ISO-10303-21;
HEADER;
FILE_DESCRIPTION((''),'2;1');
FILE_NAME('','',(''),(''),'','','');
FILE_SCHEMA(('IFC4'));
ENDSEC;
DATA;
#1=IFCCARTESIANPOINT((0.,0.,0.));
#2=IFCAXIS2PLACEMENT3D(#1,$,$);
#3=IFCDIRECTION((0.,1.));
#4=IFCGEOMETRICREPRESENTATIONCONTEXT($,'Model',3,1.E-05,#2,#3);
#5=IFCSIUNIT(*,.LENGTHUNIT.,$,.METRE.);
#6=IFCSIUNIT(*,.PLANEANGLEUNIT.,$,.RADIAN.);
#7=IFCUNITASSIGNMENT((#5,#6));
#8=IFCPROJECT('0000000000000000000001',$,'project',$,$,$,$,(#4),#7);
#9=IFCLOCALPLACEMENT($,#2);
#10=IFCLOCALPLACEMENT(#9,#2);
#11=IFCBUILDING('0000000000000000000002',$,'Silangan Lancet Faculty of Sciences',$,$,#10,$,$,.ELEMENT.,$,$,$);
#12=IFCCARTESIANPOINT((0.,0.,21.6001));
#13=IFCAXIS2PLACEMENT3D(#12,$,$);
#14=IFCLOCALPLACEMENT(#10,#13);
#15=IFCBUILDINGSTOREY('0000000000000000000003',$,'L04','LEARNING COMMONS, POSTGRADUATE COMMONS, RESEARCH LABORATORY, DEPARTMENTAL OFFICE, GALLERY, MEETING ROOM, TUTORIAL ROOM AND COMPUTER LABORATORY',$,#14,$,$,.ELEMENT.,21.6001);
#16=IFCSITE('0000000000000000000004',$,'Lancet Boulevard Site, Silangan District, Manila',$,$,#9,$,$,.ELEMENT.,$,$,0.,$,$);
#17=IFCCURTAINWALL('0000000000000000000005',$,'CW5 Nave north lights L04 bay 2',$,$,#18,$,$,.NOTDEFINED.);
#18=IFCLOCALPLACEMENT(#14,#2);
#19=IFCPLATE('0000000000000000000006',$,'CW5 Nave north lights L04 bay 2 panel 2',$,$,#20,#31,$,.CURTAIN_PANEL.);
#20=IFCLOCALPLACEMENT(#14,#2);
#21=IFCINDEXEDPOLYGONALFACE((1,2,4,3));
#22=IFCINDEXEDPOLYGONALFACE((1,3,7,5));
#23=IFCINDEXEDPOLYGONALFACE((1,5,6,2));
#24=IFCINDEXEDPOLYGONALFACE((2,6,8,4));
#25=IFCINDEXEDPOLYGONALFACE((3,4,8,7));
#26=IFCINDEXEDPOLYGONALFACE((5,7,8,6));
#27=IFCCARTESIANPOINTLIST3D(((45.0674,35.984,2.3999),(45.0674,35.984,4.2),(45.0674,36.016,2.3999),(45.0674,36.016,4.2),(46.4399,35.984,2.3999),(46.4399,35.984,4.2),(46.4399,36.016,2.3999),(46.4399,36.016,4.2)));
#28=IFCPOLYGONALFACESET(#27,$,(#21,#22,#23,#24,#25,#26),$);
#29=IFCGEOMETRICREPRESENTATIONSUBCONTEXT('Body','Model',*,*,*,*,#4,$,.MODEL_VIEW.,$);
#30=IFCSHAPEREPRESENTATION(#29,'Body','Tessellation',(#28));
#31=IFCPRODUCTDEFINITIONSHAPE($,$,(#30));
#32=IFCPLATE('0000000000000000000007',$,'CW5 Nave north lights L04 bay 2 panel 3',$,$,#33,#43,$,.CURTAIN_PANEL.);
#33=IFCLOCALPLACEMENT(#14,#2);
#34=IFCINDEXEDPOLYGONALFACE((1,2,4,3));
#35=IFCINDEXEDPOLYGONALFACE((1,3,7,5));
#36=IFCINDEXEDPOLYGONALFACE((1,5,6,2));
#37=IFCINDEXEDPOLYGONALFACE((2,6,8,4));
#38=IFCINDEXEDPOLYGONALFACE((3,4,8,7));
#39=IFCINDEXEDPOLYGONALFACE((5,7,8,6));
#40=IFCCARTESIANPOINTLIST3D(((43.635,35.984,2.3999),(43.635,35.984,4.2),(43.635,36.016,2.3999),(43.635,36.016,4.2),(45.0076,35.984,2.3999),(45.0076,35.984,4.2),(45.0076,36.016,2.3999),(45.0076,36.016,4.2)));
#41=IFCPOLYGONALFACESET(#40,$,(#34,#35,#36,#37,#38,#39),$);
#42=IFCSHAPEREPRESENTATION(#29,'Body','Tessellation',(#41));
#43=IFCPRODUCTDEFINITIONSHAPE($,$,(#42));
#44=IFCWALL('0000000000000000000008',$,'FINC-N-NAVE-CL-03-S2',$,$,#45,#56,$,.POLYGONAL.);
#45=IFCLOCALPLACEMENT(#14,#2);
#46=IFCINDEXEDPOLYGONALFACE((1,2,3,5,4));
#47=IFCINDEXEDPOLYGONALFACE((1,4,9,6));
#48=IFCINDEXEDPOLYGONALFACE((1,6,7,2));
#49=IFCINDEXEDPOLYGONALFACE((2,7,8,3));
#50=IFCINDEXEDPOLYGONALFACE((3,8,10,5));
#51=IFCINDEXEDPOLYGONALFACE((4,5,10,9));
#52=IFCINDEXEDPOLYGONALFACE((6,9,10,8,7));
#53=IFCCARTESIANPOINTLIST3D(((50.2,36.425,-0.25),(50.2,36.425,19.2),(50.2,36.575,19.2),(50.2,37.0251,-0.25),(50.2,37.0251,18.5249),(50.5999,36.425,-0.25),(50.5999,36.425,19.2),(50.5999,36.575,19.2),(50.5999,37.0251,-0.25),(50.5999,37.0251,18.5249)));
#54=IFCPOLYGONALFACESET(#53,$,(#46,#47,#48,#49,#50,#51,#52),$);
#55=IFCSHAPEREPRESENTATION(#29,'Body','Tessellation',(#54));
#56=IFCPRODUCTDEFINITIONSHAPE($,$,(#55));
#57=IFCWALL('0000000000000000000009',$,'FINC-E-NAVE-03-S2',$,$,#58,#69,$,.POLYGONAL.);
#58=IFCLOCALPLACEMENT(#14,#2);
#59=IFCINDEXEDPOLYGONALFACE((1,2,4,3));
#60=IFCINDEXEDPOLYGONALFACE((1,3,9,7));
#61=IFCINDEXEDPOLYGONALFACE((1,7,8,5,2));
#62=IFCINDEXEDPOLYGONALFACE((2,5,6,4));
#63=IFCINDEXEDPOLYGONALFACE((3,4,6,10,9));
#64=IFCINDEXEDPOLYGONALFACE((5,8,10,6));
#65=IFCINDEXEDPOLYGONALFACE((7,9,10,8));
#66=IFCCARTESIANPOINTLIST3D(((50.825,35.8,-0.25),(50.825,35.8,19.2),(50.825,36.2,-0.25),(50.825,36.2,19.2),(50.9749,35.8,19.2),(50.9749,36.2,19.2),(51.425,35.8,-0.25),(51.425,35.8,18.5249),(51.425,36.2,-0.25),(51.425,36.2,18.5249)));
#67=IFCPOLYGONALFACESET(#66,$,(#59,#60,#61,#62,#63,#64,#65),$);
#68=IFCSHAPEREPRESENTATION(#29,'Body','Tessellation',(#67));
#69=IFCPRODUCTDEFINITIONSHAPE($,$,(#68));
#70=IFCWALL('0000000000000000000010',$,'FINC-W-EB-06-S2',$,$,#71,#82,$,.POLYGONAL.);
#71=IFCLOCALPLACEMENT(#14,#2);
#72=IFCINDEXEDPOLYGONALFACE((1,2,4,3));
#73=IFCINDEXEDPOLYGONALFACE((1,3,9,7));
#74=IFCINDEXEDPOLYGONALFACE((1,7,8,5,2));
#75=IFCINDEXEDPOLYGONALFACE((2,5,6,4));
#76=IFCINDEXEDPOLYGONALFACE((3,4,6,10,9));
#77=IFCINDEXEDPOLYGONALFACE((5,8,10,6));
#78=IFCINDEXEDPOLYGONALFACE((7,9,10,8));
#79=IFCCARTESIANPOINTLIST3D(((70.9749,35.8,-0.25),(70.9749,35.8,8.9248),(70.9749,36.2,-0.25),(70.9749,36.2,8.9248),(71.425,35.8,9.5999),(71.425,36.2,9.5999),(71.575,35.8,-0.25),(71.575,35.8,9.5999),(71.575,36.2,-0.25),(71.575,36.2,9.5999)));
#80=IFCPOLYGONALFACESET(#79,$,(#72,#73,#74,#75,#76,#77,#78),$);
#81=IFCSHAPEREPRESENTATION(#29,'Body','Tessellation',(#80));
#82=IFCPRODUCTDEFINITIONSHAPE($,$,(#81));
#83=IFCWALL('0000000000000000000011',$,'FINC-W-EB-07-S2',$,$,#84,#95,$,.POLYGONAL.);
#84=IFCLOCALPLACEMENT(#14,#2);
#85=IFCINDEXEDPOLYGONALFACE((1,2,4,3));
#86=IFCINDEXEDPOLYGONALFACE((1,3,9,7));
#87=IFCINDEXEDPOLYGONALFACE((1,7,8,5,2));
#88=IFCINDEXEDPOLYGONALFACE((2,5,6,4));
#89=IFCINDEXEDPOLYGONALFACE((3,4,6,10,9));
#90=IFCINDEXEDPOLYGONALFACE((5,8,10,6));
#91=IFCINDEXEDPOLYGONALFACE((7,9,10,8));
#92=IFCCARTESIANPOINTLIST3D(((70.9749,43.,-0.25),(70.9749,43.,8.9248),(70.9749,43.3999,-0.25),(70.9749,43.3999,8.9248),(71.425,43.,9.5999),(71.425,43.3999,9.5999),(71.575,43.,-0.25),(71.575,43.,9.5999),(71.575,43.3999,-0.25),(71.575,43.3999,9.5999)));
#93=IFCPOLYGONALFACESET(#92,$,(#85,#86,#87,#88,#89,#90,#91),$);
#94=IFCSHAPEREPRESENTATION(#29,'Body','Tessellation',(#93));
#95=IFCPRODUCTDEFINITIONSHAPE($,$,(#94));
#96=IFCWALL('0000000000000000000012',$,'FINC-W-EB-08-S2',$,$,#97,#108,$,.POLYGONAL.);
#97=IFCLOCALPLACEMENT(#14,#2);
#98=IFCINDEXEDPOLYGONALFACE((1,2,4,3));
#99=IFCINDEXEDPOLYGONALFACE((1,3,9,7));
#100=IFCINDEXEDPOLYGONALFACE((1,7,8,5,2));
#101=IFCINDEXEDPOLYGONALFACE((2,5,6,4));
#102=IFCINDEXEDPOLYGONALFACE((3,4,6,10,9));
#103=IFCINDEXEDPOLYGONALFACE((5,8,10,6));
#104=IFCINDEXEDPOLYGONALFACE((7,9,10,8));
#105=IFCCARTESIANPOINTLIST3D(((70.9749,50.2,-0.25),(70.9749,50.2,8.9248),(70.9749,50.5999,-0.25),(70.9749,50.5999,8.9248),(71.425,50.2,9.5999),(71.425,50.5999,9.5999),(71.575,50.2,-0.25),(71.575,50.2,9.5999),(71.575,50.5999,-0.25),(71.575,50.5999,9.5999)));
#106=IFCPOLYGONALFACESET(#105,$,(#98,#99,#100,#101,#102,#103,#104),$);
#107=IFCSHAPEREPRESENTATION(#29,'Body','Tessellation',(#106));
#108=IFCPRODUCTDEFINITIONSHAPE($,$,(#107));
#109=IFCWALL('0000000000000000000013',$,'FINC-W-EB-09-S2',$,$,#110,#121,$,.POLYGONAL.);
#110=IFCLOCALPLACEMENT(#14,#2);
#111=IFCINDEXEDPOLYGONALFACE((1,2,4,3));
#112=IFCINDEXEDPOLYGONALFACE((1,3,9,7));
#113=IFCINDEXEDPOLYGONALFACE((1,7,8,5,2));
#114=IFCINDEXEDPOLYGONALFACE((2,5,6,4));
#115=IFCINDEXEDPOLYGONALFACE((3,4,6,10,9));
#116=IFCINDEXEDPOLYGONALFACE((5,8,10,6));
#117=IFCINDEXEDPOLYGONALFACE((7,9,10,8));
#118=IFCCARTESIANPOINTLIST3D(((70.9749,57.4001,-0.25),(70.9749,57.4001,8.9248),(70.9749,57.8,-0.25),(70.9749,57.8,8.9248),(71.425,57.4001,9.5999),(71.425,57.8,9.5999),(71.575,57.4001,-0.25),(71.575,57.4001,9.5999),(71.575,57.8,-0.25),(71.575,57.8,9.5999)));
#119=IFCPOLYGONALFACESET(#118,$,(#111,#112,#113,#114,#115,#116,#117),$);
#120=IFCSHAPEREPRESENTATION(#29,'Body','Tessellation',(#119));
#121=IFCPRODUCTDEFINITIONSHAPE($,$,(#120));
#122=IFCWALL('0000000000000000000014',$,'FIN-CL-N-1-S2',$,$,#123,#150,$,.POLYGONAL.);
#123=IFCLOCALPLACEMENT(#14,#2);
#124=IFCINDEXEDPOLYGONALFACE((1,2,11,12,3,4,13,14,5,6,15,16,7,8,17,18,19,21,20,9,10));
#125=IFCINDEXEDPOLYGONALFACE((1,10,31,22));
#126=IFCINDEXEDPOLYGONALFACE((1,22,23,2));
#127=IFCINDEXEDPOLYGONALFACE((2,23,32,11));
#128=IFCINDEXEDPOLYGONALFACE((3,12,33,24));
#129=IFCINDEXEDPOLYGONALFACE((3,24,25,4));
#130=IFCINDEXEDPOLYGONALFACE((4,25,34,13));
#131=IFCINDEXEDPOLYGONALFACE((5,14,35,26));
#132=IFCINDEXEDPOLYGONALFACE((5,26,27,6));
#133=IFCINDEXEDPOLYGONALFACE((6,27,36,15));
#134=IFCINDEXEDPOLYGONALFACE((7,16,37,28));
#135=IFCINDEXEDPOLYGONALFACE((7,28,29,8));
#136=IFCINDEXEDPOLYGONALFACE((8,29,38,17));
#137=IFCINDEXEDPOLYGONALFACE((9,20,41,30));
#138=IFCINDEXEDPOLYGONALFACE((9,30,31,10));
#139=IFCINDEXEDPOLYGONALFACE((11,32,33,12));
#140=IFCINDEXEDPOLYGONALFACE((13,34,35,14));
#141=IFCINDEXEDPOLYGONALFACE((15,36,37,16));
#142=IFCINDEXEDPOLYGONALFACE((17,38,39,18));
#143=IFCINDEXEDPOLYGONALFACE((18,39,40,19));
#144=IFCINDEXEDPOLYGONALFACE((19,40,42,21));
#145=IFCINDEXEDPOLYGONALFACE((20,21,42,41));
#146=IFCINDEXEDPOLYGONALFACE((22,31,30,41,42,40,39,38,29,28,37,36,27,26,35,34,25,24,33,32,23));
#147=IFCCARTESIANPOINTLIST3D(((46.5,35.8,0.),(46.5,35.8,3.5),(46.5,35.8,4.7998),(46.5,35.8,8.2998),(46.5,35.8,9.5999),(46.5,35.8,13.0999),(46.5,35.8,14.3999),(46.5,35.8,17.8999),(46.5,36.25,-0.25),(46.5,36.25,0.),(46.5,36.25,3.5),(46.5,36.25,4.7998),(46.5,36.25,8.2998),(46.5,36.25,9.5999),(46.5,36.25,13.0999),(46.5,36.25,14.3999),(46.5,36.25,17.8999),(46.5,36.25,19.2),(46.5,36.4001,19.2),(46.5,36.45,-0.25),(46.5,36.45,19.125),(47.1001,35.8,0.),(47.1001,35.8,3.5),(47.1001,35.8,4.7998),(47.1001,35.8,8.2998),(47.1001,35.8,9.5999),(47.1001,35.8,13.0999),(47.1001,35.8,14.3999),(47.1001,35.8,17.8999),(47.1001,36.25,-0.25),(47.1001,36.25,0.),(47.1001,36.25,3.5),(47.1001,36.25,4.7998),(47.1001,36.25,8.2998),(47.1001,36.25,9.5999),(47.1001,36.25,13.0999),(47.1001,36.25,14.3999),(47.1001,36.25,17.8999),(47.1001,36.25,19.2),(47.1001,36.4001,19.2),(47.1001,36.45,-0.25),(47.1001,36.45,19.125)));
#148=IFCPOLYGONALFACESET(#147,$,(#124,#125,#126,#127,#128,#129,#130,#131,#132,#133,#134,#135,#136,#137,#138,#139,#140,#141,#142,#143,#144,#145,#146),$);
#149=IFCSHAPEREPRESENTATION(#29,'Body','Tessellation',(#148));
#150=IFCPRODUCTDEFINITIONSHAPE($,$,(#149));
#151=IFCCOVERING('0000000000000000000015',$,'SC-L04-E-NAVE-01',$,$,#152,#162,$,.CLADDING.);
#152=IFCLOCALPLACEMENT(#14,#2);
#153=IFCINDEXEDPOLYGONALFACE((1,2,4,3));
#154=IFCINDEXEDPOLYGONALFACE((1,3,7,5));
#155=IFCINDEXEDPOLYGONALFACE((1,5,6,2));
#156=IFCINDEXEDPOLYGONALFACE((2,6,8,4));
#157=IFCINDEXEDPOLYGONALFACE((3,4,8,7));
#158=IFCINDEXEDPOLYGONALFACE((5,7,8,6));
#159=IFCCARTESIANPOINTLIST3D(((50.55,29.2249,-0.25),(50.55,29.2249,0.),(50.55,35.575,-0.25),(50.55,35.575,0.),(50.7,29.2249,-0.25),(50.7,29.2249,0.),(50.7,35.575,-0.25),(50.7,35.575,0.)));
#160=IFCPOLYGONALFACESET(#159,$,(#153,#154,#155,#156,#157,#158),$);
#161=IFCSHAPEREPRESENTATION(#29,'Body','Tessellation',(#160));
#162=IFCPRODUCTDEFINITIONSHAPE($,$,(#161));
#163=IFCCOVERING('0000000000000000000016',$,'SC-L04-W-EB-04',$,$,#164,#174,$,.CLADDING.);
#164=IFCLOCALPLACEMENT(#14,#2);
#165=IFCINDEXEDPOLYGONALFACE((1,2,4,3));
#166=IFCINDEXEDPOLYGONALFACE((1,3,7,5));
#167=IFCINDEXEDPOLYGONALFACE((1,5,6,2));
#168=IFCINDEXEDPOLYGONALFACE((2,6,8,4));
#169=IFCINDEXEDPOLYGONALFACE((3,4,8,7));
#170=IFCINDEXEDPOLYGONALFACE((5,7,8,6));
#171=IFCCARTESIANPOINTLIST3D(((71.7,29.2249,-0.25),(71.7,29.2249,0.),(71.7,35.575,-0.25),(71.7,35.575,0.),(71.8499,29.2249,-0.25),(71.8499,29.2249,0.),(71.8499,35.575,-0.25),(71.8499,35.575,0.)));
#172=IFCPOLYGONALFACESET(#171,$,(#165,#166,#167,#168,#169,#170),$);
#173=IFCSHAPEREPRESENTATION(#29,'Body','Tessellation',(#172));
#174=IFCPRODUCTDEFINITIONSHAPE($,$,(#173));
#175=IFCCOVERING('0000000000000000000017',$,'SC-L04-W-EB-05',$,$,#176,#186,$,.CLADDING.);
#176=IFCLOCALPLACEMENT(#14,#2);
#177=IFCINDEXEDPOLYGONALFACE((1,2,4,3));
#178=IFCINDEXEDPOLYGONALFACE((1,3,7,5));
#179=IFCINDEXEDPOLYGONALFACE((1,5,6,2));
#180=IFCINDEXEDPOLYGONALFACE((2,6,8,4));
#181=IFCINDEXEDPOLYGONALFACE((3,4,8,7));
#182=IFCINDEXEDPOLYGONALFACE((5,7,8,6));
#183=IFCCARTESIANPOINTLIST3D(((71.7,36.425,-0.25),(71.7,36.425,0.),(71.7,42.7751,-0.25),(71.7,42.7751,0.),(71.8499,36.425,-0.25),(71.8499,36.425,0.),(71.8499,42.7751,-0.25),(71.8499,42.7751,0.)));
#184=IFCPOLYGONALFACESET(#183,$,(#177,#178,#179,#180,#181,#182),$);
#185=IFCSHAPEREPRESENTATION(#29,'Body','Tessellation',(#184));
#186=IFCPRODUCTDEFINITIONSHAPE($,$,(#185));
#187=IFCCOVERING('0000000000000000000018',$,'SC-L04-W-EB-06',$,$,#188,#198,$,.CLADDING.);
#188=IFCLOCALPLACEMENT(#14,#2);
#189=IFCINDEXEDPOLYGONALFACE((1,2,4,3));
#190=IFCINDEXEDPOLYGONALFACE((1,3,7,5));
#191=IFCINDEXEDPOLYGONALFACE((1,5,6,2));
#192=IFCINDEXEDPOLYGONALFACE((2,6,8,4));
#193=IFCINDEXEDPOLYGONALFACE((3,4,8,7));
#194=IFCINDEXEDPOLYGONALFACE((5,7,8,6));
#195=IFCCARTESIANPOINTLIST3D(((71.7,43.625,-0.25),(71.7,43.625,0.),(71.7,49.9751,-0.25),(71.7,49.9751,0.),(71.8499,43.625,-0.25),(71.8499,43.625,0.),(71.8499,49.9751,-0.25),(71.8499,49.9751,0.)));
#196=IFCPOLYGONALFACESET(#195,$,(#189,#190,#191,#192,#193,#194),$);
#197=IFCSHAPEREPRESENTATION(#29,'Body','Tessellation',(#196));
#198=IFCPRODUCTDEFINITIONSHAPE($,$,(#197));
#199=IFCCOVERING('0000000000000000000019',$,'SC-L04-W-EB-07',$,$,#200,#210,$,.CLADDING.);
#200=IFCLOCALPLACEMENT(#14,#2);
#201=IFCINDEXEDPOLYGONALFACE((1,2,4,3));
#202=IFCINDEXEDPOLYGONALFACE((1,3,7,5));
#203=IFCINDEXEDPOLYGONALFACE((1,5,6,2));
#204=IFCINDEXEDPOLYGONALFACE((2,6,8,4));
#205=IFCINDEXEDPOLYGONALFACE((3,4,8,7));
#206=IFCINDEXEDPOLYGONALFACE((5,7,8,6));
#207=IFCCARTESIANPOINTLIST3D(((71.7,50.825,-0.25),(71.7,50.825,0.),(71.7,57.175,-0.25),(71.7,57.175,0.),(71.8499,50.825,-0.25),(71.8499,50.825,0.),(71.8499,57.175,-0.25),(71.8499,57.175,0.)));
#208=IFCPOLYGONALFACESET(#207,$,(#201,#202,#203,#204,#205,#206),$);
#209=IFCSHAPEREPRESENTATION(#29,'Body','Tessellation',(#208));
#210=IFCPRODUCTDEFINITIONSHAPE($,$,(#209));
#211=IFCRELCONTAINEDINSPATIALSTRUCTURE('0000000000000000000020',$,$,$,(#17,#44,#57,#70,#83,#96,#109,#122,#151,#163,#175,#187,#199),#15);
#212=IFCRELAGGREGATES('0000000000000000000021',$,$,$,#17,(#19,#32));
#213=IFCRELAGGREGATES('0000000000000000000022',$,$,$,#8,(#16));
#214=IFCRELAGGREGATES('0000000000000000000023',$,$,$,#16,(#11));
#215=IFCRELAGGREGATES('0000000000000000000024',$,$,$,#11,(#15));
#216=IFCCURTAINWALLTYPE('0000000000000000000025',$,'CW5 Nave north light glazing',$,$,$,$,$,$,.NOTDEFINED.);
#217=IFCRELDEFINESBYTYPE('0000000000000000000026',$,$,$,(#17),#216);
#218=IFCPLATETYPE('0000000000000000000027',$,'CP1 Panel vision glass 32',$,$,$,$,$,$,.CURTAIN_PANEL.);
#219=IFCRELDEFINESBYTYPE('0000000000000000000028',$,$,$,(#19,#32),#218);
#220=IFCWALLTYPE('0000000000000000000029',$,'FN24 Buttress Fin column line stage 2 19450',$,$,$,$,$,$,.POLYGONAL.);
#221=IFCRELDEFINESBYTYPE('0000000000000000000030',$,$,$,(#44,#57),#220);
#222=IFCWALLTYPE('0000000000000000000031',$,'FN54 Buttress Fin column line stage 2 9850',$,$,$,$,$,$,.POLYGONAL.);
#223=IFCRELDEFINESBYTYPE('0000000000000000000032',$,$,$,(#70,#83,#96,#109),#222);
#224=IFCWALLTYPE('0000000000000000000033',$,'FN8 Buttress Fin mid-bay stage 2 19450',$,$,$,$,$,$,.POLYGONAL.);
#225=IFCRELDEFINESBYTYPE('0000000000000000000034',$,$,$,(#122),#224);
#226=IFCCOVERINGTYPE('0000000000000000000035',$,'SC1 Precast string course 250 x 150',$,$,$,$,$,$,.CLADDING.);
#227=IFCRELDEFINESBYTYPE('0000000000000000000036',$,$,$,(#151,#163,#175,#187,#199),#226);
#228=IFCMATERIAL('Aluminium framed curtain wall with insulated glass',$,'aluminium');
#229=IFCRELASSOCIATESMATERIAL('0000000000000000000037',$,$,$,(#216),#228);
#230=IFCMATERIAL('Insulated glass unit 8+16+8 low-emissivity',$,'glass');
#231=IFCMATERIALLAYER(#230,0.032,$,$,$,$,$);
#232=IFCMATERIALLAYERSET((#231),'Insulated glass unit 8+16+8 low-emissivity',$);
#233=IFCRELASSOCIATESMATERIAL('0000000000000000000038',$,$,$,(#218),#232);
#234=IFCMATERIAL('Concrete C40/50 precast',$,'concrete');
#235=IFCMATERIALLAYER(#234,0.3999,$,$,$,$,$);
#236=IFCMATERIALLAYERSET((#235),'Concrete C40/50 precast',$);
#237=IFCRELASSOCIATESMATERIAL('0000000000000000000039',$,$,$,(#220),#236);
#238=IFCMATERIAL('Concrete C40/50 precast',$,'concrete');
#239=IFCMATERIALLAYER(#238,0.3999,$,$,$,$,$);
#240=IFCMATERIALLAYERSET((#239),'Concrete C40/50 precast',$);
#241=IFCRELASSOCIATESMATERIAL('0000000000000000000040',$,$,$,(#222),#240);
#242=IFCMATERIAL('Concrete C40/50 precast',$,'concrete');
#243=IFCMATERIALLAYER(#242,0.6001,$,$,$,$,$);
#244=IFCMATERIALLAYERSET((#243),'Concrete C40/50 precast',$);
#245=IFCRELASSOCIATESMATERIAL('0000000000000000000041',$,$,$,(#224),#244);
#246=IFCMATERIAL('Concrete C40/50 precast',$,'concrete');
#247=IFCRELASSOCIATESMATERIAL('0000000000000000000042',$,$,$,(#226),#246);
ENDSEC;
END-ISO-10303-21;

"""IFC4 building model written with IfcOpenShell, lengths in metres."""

from ifc_helpers import new_model, si_unit, direction, frame, origin, origin_2d, place, context, subcontext, project, spatial, polyline, rectangle, outline, extrude, material, layer, layer_set, type_object, element, aggregate, save


model = new_model("IFC4")

# Units and contexts
model_context = context("Model", 3, precision=1e-05, world=origin(), true_north=direction((0.0, 1.0)))
body_context = subcontext(model_context, "Body", "Model", "MODEL_VIEW")
ifc_project = project(units=[si_unit("LENGTHUNIT", "METRE"), si_unit("PLANEANGLEUNIT", "RADIAN")], contexts=[model_context])

# Site, building, storey
site_placement = place(None, origin())
site = spatial("IfcSite", under=ifc_project, at=site_placement, Name="Lancet Boulevard Site, Silangan District, Manila", CompositionType="ELEMENT", RefElevation=0.0)
building_placement = place(site_placement, origin())
building = spatial("IfcBuilding", under=site, at=building_placement, Name="Silangan Lancet Faculty of Sciences", CompositionType="ELEMENT")
storey_placement = place(building_placement, frame((0.0, 0.0, 21.6001)))
storey = spatial("IfcBuildingStorey", under=building, at=storey_placement, Name="L04", Description="LEARNING COMMONS, POSTGRADUATE COMMONS, RESEARCH LABORATORY, DEPARTMENTAL OFFICE, GALLERY, MEETING ROOM, TUTORIAL ROOM AND COMPUTER LABORATORY", CompositionType="ELEMENT", Elevation=21.6001)

# Curtain wall
ifc_material_1 = material(Name="Aluminium framed curtain wall with insulated glass", Category="aluminium")
curtain_wall_type = type_object("IfcCurtainWallType", Name="CW5 Nave north light glazing", PredefinedType="NOTDEFINED", material=ifc_material_1)
curtain_wall_1_placement = place(storey_placement, origin())
curtain_wall_1 = element("IfcCurtainWall", 1, at=curtain_wall_1_placement, inside=storey, type_object=curtain_wall_type, Name="CW5 Nave north lights L04 bay 2", PredefinedType="NOTDEFINED")

# Plates
ifc_material_2 = material(Name="Insulated glass unit 8+16+8 low-emissivity", Category="glass")
ifc_layer_1 = layer(ifc_material_2, 0.032)
ifc_layer_set_1 = layer_set([ifc_layer_1], Name="Insulated glass unit 8+16+8 low-emissivity")
plate_type = type_object("IfcPlateType", Name="CP1 Panel vision glass 32", PredefinedType="CURTAIN_PANEL", material=ifc_layer_set_1)
plate_1_placement = place(storey_placement, frame((45.7537, 36.0, 2.3999), z_axis=(0.0, 0.0, 1.0), x_axis=(-1.0, 0.0, 0.0)))
plate_1 = element("IfcPlate", 2, at=plate_1_placement, type_object=plate_type, Name="CW5 Nave north lights L04 bay 2 panel 2", PredefinedType="CURTAIN_PANEL", context=body_context, shape_type="SweptSolid", body=[
    extrude(rectangle(XDim=1.3726, YDim=0.032, at=origin_2d()), origin(), (0.0, 0.0, 1.0), 1.8),
])
plate_2_placement = place(storey_placement, frame((44.3213, 36.0, 2.3999), z_axis=(0.0, 0.0, 1.0), x_axis=(-1.0, 0.0, 0.0)))
plate_2 = element("IfcPlate", 3, at=plate_2_placement, type_object=plate_type, Name="CW5 Nave north lights L04 bay 2 panel 3", PredefinedType="CURTAIN_PANEL", context=body_context, shape_type="SweptSolid", body=[
    extrude(rectangle(XDim=1.3726, YDim=0.032, at=origin_2d()), origin(), (0.0, 0.0, 1.0), 1.8),
])
aggregate(curtain_wall_1, [plate_1, plate_2])

# Walls
ifc_material_3 = material(Name="Concrete C40/50 precast", Category="concrete")
ifc_layer_2 = layer(ifc_material_3, 0.3999)
ifc_layer_set_2 = layer_set([ifc_layer_2], Name="Concrete C40/50 precast")
wall_type_1 = type_object("IfcWallType", Name="FN24 Buttress Fin column line stage 2 19450", PredefinedType="POLYGONAL", material=ifc_layer_set_2)
for number, where, z_axis, x_axis, name in (
    (4, (50.3999, 36.425, -0.25), (0.0, 0.0, 1.0), (0.0, 1.0, 0.0), "FINC-N-NAVE-CL-03-S2"),
    (5, (50.825, 36.0, -0.25), (0.0, 0.0, 1.0), (1.0, 0.0, 0.0), "FINC-E-NAVE-03-S2"),
):
    element("IfcWall", number, at=place(storey_placement, frame(where, z_axis=z_axis, x_axis=x_axis)), inside=storey, type_object=wall_type_1, Name=name, PredefinedType="POLYGONAL", context=body_context, shape_type="SweptSolid", body=[
        extrude(outline(polyline([(0.6001, 0.0), (0.6001, 18.7749), (0.1499, 19.45), (0.0, 19.45), (0.0, 0.0), (0.6001, 0.0)])), frame((0.0, 0.2, 0.0), z_axis=(0.0, -1.0, 0.0), x_axis=(1.0, 0.0, 0.0)), (0.0, 0.0, 1.0), 0.3999),
    ])
ifc_material_4 = material(Name="Concrete C40/50 precast", Category="concrete")
ifc_layer_3 = layer(ifc_material_4, 0.3999)
ifc_layer_set_3 = layer_set([ifc_layer_3], Name="Concrete C40/50 precast")
wall_type_2 = type_object("IfcWallType", Name="FN54 Buttress Fin column line stage 2 9850", PredefinedType="POLYGONAL", material=ifc_layer_set_3)
for number, where, z_axis, x_axis, name in (
    (6, (71.575, 36.0, -0.25), (0.0, 0.0, 1.0), (-1.0, 0.0, 0.0), "FINC-W-EB-06-S2"),
    (7, (71.575, 43.2, -0.25), (0.0, 0.0, 1.0), (-1.0, 0.0, 0.0), "FINC-W-EB-07-S2"),
    (8, (71.575, 50.3999, -0.25), (0.0, 0.0, 1.0), (-1.0, 0.0, 0.0), "FINC-W-EB-08-S2"),
    (9, (71.575, 57.6001, -0.25), (0.0, 0.0, 1.0), (-1.0, 0.0, 0.0), "FINC-W-EB-09-S2"),
):
    element("IfcWall", number, at=place(storey_placement, frame(where, z_axis=z_axis, x_axis=x_axis)), inside=storey, type_object=wall_type_2, Name=name, PredefinedType="POLYGONAL", context=body_context, shape_type="SweptSolid", body=[
        extrude(outline(polyline([(0.6001, 0.0), (0.6001, 9.1748), (0.1499, 9.8499), (0.0, 9.8499), (0.0, 0.0), (0.6001, 0.0)])), frame((0.0, 0.2, 0.0), z_axis=(0.0, -1.0, 0.0), x_axis=(1.0, 0.0, 0.0)), (0.0, 0.0, 1.0), 0.3999),
    ])
ifc_material_5 = material(Name="Concrete C40/50 precast", Category="concrete")
ifc_layer_4 = layer(ifc_material_5, 0.6001)
ifc_layer_set_4 = layer_set([ifc_layer_4], Name="Concrete C40/50 precast")
wall_type_3 = type_object("IfcWallType", Name="FN8 Buttress Fin mid-bay stage 2 19450", PredefinedType="POLYGONAL", material=ifc_layer_set_4)
wall_placement = place(storey_placement, frame((46.8, 35.8, -0.25), z_axis=(0.0, 0.0, 1.0), x_axis=(0.0, 1.0, 0.0)))
element("IfcWall", 10, at=wall_placement, inside=storey, type_object=wall_type_3, Name="FIN-CL-N-1-S2", PredefinedType="POLYGONAL", context=body_context, shape_type="SweptSolid", body=[
    extrude(outline(polyline([(0.6499, 0.0), (0.6499, 19.375), (0.6001, 19.45), (0.45, 19.45), (0.45, 18.1499), (0.0, 18.1499), (0.0, 14.6499), (0.45, 14.6499), (0.45, 13.3499), (0.0, 13.3499), (0.0, 9.8499), (0.45, 9.8499), (0.45, 8.5498), (0.0, 8.5498), (0.0, 5.0498), (0.45, 5.0498), (0.45, 3.75), (0.0, 3.75), (0.0, 0.25), (0.45, 0.25), (0.45, 0.0), (0.6499, 0.0)])), frame((0.0, 0.3, 0.0), z_axis=(0.0, -1.0, 0.0), x_axis=(1.0, 0.0, 0.0)), (0.0, 0.0, 1.0), 0.6001),
])

# Coverings
ifc_material_6 = material(Name="Concrete C40/50 precast", Category="concrete")
covering_type = type_object("IfcCoveringType", Name="SC1 Precast string course 250 x 150", PredefinedType="CLADDING", material=ifc_material_6)
for number, where, z_axis, x_axis, name in (
    (11, (50.625, 32.3999, -0.25), (0.0, 0.0, 1.0), (1.0, 0.0, 0.0), "SC-L04-E-NAVE-01"),
    (12, (71.7749, 32.3999, -0.25), (0.0, 0.0, 1.0), (1.0, 0.0, 0.0), "SC-L04-W-EB-04"),
    (13, (71.7749, 39.6001, -0.25), (0.0, 0.0, 1.0), (1.0, 0.0, 0.0), "SC-L04-W-EB-05"),
    (14, (71.7749, 46.8, -0.25), (0.0, 0.0, 1.0), (1.0, 0.0, 0.0), "SC-L04-W-EB-06"),
    (15, (71.7749, 54.0, -0.25), (0.0, 0.0, 1.0), (1.0, 0.0, 0.0), "SC-L04-W-EB-07"),
):
    element("IfcCovering", number, at=place(storey_placement, frame(where, z_axis=z_axis, x_axis=x_axis)), inside=storey, type_object=covering_type, Name=name, PredefinedType="CLADDING", context=body_context, shape_type="SweptSolid", body=[
        extrude(rectangle(XDim=0.1499, YDim=6.3501, at=origin_2d()), origin(), (0.0, 0.0, 1.0), 0.25),
    ])

save(model, "model.ifc")
